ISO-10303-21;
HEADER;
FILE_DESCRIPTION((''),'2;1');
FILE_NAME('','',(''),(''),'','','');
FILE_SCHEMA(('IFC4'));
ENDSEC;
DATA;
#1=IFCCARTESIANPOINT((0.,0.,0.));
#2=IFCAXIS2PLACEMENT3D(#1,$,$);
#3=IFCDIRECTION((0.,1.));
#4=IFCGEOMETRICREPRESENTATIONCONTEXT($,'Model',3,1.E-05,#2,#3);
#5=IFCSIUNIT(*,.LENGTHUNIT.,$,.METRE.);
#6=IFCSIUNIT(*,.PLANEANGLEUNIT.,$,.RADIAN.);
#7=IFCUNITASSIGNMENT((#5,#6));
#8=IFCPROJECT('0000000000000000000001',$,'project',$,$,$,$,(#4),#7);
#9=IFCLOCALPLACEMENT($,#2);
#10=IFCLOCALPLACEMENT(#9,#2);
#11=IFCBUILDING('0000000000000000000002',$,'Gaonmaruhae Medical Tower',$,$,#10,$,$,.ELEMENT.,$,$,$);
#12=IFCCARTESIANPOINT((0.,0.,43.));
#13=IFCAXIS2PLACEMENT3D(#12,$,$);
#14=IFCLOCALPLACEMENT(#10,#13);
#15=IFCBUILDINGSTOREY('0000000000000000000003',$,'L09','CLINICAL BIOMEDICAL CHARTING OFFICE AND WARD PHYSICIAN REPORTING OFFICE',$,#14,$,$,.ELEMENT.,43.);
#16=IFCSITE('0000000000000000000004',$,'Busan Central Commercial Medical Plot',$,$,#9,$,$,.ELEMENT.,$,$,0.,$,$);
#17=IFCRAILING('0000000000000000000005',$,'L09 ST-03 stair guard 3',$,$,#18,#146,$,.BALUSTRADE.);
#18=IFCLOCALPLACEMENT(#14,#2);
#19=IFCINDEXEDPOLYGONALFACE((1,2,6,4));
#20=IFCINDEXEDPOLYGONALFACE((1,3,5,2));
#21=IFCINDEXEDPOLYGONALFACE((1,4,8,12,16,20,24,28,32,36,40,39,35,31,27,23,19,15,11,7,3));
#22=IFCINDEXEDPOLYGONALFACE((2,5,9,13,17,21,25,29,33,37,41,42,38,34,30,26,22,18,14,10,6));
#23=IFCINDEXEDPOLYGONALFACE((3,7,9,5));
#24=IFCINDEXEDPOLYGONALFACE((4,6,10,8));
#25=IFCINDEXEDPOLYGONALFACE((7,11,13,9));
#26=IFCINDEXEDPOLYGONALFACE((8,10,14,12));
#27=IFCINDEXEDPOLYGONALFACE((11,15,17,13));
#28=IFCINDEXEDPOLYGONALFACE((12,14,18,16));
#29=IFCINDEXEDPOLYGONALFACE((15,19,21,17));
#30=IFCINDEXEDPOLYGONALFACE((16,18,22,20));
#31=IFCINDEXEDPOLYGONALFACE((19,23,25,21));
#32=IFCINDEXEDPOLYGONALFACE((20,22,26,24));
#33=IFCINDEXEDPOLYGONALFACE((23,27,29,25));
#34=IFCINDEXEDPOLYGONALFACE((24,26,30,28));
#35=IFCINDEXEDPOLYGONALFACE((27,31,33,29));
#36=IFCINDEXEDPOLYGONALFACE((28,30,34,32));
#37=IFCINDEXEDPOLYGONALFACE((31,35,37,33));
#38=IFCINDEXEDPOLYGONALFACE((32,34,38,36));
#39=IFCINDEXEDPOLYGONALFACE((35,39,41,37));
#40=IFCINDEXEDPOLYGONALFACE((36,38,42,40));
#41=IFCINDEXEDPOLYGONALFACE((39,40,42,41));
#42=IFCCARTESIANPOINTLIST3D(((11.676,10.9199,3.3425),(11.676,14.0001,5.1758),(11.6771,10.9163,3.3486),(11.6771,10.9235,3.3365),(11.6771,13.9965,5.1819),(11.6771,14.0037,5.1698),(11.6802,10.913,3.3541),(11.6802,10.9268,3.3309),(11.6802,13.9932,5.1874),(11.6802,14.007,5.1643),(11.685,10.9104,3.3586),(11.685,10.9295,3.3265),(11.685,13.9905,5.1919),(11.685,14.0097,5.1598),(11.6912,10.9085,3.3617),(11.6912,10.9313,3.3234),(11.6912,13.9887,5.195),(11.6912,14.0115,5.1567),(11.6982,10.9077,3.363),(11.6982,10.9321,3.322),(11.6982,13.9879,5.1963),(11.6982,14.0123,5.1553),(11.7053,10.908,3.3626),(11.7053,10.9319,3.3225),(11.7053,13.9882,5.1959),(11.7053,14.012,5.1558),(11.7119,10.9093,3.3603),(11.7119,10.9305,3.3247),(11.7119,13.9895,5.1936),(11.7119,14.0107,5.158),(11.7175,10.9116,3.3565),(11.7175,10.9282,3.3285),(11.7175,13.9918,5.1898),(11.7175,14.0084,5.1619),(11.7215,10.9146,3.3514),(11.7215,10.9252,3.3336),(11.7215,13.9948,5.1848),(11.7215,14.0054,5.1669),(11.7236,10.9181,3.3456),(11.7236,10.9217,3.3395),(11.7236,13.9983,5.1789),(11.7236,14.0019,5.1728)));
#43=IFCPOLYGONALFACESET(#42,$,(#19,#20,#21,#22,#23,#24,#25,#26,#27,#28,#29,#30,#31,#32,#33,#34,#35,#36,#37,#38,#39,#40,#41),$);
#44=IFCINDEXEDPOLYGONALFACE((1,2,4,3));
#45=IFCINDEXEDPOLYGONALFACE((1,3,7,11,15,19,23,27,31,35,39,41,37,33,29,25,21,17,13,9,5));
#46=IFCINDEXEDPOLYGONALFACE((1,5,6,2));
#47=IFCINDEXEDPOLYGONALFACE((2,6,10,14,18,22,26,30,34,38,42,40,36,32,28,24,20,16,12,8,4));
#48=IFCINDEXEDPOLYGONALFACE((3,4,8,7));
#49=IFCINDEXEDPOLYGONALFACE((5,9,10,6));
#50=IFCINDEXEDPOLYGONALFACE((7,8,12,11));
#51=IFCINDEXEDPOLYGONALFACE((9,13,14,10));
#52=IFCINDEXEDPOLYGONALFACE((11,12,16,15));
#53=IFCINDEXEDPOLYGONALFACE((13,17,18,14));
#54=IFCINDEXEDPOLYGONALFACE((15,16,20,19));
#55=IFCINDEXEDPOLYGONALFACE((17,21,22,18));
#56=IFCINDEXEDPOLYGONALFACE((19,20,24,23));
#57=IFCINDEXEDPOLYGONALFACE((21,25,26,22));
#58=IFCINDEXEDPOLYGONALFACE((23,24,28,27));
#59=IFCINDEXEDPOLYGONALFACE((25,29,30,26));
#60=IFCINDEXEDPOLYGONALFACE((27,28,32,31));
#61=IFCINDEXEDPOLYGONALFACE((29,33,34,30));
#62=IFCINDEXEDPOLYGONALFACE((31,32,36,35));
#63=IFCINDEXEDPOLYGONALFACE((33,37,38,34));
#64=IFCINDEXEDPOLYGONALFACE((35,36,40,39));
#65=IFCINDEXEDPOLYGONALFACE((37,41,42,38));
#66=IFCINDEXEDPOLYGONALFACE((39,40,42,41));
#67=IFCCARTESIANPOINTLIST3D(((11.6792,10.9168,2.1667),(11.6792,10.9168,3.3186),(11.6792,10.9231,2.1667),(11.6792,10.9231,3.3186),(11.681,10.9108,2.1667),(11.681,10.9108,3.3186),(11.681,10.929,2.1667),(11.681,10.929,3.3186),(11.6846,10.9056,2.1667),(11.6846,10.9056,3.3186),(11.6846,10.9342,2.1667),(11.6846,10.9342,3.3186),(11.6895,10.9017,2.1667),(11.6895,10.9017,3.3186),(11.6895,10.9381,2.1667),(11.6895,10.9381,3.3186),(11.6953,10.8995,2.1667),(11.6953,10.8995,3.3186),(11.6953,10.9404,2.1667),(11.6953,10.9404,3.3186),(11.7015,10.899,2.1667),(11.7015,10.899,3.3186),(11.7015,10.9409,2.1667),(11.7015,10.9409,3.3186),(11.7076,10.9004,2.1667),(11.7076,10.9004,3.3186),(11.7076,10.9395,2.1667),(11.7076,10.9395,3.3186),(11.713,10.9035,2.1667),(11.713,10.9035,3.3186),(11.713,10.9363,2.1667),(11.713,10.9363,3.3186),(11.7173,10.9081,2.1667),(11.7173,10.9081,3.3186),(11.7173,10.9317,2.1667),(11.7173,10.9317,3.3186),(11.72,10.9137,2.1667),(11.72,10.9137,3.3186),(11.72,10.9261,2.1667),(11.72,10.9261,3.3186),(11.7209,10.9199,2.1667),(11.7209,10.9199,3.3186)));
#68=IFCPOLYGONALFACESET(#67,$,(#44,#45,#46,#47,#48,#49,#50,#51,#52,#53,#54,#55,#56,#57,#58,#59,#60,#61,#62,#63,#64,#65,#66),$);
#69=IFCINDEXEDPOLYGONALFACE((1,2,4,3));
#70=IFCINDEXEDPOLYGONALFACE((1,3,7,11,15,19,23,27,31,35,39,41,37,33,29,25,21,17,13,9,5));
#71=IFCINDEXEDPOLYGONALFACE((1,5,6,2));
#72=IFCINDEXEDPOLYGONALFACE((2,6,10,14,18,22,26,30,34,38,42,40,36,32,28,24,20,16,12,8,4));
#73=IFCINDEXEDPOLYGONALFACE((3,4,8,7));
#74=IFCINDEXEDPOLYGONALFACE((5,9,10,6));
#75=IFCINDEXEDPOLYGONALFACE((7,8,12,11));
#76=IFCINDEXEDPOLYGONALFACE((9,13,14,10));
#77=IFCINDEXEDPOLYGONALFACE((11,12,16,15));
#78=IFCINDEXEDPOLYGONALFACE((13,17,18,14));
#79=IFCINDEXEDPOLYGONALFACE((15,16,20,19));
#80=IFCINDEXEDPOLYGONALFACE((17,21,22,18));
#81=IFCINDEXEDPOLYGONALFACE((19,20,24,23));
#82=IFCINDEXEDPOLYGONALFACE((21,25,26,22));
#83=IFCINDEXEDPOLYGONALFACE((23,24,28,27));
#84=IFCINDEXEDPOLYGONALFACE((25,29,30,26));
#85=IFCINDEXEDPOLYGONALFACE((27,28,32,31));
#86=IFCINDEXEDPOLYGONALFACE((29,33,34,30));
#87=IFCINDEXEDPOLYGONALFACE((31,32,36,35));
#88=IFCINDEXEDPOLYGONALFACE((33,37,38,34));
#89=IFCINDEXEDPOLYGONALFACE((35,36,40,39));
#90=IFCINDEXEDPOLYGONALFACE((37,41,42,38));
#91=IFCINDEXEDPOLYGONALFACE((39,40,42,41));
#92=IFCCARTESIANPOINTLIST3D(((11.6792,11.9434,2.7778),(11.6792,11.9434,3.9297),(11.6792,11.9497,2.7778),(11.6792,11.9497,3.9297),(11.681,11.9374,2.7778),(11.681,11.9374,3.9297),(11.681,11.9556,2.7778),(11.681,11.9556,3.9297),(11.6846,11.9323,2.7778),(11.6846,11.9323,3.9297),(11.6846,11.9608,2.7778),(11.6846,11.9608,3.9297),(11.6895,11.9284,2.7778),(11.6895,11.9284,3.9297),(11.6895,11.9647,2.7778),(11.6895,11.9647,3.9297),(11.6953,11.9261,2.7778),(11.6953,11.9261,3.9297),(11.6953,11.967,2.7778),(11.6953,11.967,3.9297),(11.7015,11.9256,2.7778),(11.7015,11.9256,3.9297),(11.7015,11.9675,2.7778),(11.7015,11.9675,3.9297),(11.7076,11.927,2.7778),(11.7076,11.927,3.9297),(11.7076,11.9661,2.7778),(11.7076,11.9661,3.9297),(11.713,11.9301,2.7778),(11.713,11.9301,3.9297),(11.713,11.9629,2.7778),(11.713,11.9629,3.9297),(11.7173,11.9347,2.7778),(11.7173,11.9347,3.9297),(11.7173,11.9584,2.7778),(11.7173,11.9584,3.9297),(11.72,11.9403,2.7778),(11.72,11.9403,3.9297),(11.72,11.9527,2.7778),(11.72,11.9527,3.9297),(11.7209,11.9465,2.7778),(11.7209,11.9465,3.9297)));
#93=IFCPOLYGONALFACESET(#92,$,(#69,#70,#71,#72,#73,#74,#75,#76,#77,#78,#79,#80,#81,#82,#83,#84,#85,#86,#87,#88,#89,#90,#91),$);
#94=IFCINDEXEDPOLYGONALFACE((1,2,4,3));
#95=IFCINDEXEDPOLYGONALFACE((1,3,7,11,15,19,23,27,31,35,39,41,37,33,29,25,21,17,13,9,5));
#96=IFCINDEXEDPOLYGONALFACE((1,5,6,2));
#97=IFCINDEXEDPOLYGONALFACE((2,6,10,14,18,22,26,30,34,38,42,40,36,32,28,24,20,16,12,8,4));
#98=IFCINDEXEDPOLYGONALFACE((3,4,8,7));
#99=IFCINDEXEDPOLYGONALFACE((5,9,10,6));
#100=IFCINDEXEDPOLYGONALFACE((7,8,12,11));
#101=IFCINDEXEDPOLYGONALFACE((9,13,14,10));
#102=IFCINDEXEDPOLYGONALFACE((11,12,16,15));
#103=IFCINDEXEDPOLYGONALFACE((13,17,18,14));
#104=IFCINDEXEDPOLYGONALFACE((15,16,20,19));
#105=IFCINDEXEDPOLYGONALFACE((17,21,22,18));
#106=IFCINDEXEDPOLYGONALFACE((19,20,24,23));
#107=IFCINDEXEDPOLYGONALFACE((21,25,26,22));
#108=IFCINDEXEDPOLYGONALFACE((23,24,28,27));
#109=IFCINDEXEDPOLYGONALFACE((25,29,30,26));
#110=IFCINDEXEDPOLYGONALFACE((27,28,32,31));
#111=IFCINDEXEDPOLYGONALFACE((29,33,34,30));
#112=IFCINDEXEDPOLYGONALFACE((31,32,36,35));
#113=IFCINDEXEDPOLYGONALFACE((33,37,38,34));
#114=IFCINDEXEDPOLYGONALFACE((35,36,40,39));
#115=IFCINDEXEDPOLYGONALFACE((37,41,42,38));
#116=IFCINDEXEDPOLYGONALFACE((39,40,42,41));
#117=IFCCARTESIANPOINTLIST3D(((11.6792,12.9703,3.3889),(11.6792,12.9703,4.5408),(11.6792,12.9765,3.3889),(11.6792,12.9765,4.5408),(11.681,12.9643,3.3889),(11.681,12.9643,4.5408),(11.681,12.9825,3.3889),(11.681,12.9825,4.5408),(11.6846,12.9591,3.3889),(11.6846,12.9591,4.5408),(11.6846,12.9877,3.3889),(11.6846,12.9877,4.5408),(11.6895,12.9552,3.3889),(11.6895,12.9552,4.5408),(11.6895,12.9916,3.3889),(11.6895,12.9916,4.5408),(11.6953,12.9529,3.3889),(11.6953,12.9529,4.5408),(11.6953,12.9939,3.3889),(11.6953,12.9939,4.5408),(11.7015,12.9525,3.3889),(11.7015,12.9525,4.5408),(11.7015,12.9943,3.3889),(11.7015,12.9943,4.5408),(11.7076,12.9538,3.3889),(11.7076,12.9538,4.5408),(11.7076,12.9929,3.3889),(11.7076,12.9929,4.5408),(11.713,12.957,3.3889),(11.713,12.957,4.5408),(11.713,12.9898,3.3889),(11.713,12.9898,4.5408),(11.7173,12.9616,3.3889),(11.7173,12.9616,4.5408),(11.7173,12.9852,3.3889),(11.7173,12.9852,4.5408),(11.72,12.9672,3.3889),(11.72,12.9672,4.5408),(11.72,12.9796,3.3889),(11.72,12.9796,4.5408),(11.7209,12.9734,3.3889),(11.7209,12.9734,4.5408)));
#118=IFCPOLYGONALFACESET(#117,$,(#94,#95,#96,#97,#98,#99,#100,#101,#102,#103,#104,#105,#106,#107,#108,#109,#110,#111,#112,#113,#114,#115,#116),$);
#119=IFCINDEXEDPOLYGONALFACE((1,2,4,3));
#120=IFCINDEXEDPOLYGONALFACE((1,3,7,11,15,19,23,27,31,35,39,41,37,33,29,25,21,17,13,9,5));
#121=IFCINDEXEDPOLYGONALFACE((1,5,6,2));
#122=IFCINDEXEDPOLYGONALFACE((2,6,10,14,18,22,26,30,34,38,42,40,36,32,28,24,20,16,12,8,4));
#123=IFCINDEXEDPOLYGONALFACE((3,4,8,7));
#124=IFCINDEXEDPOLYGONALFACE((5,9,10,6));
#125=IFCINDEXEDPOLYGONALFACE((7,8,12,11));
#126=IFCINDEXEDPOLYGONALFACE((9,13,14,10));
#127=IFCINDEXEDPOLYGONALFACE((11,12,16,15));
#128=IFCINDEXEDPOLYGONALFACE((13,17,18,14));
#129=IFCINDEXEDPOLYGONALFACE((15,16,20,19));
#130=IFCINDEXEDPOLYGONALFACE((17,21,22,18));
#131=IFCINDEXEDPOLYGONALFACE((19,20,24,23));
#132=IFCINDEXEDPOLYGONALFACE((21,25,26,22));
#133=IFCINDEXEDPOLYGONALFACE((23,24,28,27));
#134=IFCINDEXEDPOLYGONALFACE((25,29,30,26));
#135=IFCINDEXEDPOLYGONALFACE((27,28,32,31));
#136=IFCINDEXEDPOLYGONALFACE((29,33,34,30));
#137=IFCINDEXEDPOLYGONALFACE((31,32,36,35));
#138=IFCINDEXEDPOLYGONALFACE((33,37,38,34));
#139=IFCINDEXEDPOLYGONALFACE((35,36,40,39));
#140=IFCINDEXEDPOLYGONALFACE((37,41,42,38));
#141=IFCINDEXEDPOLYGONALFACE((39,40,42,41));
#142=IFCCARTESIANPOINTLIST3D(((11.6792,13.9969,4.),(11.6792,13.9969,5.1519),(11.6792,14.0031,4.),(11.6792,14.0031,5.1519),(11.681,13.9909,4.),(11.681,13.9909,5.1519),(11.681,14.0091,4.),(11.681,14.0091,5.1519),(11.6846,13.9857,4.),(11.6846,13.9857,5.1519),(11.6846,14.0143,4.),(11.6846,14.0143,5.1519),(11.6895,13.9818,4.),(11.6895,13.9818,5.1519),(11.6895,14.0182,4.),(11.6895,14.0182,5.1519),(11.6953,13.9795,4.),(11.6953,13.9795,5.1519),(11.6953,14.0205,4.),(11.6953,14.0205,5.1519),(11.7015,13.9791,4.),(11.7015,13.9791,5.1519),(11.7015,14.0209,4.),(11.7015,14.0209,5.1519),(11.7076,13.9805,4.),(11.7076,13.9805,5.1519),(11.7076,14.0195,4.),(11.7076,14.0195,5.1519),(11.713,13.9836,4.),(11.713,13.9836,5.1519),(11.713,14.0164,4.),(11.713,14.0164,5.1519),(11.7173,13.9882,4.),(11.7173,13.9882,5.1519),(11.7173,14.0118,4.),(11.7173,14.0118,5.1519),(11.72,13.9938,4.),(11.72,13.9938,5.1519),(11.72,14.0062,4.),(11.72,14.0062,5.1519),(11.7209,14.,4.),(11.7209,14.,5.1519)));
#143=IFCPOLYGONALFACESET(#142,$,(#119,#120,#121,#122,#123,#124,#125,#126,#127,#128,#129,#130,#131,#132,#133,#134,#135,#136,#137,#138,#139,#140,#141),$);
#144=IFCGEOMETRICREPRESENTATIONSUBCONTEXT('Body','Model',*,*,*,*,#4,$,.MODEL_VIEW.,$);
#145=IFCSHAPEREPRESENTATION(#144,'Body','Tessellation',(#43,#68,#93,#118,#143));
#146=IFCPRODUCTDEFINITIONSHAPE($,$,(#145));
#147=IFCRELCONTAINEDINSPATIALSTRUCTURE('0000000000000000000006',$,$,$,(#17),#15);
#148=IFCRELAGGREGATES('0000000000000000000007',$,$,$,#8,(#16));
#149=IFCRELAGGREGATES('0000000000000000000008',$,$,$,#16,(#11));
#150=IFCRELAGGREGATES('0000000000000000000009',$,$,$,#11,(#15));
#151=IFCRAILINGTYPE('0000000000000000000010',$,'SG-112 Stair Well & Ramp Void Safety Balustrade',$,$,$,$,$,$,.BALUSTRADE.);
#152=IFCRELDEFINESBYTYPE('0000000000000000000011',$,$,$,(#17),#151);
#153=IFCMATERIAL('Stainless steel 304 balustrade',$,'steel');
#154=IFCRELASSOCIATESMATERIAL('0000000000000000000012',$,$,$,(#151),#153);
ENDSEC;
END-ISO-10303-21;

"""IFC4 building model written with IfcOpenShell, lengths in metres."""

from ifc_helpers import new_model, si_unit, direction, frame, origin, origin_2d, place, context, subcontext, project, spatial, circle, extrude, material, type_object, element, save


model = new_model("IFC4")

# Units and contexts
model_context = context("Model", 3, precision=1e-05, world=origin(), true_north=direction((0.0, 1.0)))
body_context = subcontext(model_context, "Body", "Model", "MODEL_VIEW")
ifc_project = project(units=[si_unit("LENGTHUNIT", "METRE"), si_unit("PLANEANGLEUNIT", "RADIAN")], contexts=[model_context])

# Site, building, storey
site_placement = place(None, origin())
site = spatial("IfcSite", under=ifc_project, at=site_placement, Name="Busan Central Commercial Medical Plot", CompositionType="ELEMENT", RefElevation=0.0)
building_placement = place(site_placement, origin())
building = spatial("IfcBuilding", under=site, at=building_placement, Name="Gaonmaruhae Medical Tower", CompositionType="ELEMENT")
storey_placement = place(building_placement, frame((0.0, 0.0, 43.0)))
storey = spatial("IfcBuildingStorey", under=building, at=storey_placement, Name="L09", Description="CLINICAL BIOMEDICAL CHARTING OFFICE AND WARD PHYSICIAN REPORTING OFFICE", CompositionType="ELEMENT", Elevation=43.0)

# Railing
ifc_material_1 = material(Name="Stainless steel 304 balustrade", Category="steel")
railing_type_1 = type_object("IfcRailingType", Name="SG-112 Stair Well & Ramp Void Safety Balustrade", PredefinedType="BALUSTRADE", material=ifc_material_1)
railing_1_placement = place(storey_placement, frame((11.7, 10.9199, 2.1667)))
element("IfcRailing", 1, at=railing_1_placement, inside=storey, type_object=railing_type_1, Name="L09 ST-03 stair guard 3", PredefinedType="BALUSTRADE", context=body_context, shape_type="SweptSolid", body=[
    extrude(circle(Radius=0.0239, at=origin_2d()), frame((0.0, 0.0, 1.1758), z_axis=(0.0, 0.859309, 0.511458), x_axis=(-1.0, 0.0, 0.0)), (0.0, 0.0, 1.0), 3.5845),
    extrude(circle(Radius=0.021, at=origin_2d()), origin(), (0.0, 0.0, 1.0), 1.1519),
    extrude(circle(Radius=0.021, at=origin_2d()), frame((0.0, 1.0266, 0.6111)), (0.0, 0.0, 1.0), 1.1519),
    extrude(circle(Radius=0.021, at=origin_2d()), frame((0.0, 2.0535, 1.2222)), (0.0, 0.0, 1.0), 1.1519),
    extrude(circle(Radius=0.021, at=origin_2d()), frame((0.0, 3.0801, 1.8333)), (0.0, 0.0, 1.0), 1.1519),
])

save(model, "model.ifc")
